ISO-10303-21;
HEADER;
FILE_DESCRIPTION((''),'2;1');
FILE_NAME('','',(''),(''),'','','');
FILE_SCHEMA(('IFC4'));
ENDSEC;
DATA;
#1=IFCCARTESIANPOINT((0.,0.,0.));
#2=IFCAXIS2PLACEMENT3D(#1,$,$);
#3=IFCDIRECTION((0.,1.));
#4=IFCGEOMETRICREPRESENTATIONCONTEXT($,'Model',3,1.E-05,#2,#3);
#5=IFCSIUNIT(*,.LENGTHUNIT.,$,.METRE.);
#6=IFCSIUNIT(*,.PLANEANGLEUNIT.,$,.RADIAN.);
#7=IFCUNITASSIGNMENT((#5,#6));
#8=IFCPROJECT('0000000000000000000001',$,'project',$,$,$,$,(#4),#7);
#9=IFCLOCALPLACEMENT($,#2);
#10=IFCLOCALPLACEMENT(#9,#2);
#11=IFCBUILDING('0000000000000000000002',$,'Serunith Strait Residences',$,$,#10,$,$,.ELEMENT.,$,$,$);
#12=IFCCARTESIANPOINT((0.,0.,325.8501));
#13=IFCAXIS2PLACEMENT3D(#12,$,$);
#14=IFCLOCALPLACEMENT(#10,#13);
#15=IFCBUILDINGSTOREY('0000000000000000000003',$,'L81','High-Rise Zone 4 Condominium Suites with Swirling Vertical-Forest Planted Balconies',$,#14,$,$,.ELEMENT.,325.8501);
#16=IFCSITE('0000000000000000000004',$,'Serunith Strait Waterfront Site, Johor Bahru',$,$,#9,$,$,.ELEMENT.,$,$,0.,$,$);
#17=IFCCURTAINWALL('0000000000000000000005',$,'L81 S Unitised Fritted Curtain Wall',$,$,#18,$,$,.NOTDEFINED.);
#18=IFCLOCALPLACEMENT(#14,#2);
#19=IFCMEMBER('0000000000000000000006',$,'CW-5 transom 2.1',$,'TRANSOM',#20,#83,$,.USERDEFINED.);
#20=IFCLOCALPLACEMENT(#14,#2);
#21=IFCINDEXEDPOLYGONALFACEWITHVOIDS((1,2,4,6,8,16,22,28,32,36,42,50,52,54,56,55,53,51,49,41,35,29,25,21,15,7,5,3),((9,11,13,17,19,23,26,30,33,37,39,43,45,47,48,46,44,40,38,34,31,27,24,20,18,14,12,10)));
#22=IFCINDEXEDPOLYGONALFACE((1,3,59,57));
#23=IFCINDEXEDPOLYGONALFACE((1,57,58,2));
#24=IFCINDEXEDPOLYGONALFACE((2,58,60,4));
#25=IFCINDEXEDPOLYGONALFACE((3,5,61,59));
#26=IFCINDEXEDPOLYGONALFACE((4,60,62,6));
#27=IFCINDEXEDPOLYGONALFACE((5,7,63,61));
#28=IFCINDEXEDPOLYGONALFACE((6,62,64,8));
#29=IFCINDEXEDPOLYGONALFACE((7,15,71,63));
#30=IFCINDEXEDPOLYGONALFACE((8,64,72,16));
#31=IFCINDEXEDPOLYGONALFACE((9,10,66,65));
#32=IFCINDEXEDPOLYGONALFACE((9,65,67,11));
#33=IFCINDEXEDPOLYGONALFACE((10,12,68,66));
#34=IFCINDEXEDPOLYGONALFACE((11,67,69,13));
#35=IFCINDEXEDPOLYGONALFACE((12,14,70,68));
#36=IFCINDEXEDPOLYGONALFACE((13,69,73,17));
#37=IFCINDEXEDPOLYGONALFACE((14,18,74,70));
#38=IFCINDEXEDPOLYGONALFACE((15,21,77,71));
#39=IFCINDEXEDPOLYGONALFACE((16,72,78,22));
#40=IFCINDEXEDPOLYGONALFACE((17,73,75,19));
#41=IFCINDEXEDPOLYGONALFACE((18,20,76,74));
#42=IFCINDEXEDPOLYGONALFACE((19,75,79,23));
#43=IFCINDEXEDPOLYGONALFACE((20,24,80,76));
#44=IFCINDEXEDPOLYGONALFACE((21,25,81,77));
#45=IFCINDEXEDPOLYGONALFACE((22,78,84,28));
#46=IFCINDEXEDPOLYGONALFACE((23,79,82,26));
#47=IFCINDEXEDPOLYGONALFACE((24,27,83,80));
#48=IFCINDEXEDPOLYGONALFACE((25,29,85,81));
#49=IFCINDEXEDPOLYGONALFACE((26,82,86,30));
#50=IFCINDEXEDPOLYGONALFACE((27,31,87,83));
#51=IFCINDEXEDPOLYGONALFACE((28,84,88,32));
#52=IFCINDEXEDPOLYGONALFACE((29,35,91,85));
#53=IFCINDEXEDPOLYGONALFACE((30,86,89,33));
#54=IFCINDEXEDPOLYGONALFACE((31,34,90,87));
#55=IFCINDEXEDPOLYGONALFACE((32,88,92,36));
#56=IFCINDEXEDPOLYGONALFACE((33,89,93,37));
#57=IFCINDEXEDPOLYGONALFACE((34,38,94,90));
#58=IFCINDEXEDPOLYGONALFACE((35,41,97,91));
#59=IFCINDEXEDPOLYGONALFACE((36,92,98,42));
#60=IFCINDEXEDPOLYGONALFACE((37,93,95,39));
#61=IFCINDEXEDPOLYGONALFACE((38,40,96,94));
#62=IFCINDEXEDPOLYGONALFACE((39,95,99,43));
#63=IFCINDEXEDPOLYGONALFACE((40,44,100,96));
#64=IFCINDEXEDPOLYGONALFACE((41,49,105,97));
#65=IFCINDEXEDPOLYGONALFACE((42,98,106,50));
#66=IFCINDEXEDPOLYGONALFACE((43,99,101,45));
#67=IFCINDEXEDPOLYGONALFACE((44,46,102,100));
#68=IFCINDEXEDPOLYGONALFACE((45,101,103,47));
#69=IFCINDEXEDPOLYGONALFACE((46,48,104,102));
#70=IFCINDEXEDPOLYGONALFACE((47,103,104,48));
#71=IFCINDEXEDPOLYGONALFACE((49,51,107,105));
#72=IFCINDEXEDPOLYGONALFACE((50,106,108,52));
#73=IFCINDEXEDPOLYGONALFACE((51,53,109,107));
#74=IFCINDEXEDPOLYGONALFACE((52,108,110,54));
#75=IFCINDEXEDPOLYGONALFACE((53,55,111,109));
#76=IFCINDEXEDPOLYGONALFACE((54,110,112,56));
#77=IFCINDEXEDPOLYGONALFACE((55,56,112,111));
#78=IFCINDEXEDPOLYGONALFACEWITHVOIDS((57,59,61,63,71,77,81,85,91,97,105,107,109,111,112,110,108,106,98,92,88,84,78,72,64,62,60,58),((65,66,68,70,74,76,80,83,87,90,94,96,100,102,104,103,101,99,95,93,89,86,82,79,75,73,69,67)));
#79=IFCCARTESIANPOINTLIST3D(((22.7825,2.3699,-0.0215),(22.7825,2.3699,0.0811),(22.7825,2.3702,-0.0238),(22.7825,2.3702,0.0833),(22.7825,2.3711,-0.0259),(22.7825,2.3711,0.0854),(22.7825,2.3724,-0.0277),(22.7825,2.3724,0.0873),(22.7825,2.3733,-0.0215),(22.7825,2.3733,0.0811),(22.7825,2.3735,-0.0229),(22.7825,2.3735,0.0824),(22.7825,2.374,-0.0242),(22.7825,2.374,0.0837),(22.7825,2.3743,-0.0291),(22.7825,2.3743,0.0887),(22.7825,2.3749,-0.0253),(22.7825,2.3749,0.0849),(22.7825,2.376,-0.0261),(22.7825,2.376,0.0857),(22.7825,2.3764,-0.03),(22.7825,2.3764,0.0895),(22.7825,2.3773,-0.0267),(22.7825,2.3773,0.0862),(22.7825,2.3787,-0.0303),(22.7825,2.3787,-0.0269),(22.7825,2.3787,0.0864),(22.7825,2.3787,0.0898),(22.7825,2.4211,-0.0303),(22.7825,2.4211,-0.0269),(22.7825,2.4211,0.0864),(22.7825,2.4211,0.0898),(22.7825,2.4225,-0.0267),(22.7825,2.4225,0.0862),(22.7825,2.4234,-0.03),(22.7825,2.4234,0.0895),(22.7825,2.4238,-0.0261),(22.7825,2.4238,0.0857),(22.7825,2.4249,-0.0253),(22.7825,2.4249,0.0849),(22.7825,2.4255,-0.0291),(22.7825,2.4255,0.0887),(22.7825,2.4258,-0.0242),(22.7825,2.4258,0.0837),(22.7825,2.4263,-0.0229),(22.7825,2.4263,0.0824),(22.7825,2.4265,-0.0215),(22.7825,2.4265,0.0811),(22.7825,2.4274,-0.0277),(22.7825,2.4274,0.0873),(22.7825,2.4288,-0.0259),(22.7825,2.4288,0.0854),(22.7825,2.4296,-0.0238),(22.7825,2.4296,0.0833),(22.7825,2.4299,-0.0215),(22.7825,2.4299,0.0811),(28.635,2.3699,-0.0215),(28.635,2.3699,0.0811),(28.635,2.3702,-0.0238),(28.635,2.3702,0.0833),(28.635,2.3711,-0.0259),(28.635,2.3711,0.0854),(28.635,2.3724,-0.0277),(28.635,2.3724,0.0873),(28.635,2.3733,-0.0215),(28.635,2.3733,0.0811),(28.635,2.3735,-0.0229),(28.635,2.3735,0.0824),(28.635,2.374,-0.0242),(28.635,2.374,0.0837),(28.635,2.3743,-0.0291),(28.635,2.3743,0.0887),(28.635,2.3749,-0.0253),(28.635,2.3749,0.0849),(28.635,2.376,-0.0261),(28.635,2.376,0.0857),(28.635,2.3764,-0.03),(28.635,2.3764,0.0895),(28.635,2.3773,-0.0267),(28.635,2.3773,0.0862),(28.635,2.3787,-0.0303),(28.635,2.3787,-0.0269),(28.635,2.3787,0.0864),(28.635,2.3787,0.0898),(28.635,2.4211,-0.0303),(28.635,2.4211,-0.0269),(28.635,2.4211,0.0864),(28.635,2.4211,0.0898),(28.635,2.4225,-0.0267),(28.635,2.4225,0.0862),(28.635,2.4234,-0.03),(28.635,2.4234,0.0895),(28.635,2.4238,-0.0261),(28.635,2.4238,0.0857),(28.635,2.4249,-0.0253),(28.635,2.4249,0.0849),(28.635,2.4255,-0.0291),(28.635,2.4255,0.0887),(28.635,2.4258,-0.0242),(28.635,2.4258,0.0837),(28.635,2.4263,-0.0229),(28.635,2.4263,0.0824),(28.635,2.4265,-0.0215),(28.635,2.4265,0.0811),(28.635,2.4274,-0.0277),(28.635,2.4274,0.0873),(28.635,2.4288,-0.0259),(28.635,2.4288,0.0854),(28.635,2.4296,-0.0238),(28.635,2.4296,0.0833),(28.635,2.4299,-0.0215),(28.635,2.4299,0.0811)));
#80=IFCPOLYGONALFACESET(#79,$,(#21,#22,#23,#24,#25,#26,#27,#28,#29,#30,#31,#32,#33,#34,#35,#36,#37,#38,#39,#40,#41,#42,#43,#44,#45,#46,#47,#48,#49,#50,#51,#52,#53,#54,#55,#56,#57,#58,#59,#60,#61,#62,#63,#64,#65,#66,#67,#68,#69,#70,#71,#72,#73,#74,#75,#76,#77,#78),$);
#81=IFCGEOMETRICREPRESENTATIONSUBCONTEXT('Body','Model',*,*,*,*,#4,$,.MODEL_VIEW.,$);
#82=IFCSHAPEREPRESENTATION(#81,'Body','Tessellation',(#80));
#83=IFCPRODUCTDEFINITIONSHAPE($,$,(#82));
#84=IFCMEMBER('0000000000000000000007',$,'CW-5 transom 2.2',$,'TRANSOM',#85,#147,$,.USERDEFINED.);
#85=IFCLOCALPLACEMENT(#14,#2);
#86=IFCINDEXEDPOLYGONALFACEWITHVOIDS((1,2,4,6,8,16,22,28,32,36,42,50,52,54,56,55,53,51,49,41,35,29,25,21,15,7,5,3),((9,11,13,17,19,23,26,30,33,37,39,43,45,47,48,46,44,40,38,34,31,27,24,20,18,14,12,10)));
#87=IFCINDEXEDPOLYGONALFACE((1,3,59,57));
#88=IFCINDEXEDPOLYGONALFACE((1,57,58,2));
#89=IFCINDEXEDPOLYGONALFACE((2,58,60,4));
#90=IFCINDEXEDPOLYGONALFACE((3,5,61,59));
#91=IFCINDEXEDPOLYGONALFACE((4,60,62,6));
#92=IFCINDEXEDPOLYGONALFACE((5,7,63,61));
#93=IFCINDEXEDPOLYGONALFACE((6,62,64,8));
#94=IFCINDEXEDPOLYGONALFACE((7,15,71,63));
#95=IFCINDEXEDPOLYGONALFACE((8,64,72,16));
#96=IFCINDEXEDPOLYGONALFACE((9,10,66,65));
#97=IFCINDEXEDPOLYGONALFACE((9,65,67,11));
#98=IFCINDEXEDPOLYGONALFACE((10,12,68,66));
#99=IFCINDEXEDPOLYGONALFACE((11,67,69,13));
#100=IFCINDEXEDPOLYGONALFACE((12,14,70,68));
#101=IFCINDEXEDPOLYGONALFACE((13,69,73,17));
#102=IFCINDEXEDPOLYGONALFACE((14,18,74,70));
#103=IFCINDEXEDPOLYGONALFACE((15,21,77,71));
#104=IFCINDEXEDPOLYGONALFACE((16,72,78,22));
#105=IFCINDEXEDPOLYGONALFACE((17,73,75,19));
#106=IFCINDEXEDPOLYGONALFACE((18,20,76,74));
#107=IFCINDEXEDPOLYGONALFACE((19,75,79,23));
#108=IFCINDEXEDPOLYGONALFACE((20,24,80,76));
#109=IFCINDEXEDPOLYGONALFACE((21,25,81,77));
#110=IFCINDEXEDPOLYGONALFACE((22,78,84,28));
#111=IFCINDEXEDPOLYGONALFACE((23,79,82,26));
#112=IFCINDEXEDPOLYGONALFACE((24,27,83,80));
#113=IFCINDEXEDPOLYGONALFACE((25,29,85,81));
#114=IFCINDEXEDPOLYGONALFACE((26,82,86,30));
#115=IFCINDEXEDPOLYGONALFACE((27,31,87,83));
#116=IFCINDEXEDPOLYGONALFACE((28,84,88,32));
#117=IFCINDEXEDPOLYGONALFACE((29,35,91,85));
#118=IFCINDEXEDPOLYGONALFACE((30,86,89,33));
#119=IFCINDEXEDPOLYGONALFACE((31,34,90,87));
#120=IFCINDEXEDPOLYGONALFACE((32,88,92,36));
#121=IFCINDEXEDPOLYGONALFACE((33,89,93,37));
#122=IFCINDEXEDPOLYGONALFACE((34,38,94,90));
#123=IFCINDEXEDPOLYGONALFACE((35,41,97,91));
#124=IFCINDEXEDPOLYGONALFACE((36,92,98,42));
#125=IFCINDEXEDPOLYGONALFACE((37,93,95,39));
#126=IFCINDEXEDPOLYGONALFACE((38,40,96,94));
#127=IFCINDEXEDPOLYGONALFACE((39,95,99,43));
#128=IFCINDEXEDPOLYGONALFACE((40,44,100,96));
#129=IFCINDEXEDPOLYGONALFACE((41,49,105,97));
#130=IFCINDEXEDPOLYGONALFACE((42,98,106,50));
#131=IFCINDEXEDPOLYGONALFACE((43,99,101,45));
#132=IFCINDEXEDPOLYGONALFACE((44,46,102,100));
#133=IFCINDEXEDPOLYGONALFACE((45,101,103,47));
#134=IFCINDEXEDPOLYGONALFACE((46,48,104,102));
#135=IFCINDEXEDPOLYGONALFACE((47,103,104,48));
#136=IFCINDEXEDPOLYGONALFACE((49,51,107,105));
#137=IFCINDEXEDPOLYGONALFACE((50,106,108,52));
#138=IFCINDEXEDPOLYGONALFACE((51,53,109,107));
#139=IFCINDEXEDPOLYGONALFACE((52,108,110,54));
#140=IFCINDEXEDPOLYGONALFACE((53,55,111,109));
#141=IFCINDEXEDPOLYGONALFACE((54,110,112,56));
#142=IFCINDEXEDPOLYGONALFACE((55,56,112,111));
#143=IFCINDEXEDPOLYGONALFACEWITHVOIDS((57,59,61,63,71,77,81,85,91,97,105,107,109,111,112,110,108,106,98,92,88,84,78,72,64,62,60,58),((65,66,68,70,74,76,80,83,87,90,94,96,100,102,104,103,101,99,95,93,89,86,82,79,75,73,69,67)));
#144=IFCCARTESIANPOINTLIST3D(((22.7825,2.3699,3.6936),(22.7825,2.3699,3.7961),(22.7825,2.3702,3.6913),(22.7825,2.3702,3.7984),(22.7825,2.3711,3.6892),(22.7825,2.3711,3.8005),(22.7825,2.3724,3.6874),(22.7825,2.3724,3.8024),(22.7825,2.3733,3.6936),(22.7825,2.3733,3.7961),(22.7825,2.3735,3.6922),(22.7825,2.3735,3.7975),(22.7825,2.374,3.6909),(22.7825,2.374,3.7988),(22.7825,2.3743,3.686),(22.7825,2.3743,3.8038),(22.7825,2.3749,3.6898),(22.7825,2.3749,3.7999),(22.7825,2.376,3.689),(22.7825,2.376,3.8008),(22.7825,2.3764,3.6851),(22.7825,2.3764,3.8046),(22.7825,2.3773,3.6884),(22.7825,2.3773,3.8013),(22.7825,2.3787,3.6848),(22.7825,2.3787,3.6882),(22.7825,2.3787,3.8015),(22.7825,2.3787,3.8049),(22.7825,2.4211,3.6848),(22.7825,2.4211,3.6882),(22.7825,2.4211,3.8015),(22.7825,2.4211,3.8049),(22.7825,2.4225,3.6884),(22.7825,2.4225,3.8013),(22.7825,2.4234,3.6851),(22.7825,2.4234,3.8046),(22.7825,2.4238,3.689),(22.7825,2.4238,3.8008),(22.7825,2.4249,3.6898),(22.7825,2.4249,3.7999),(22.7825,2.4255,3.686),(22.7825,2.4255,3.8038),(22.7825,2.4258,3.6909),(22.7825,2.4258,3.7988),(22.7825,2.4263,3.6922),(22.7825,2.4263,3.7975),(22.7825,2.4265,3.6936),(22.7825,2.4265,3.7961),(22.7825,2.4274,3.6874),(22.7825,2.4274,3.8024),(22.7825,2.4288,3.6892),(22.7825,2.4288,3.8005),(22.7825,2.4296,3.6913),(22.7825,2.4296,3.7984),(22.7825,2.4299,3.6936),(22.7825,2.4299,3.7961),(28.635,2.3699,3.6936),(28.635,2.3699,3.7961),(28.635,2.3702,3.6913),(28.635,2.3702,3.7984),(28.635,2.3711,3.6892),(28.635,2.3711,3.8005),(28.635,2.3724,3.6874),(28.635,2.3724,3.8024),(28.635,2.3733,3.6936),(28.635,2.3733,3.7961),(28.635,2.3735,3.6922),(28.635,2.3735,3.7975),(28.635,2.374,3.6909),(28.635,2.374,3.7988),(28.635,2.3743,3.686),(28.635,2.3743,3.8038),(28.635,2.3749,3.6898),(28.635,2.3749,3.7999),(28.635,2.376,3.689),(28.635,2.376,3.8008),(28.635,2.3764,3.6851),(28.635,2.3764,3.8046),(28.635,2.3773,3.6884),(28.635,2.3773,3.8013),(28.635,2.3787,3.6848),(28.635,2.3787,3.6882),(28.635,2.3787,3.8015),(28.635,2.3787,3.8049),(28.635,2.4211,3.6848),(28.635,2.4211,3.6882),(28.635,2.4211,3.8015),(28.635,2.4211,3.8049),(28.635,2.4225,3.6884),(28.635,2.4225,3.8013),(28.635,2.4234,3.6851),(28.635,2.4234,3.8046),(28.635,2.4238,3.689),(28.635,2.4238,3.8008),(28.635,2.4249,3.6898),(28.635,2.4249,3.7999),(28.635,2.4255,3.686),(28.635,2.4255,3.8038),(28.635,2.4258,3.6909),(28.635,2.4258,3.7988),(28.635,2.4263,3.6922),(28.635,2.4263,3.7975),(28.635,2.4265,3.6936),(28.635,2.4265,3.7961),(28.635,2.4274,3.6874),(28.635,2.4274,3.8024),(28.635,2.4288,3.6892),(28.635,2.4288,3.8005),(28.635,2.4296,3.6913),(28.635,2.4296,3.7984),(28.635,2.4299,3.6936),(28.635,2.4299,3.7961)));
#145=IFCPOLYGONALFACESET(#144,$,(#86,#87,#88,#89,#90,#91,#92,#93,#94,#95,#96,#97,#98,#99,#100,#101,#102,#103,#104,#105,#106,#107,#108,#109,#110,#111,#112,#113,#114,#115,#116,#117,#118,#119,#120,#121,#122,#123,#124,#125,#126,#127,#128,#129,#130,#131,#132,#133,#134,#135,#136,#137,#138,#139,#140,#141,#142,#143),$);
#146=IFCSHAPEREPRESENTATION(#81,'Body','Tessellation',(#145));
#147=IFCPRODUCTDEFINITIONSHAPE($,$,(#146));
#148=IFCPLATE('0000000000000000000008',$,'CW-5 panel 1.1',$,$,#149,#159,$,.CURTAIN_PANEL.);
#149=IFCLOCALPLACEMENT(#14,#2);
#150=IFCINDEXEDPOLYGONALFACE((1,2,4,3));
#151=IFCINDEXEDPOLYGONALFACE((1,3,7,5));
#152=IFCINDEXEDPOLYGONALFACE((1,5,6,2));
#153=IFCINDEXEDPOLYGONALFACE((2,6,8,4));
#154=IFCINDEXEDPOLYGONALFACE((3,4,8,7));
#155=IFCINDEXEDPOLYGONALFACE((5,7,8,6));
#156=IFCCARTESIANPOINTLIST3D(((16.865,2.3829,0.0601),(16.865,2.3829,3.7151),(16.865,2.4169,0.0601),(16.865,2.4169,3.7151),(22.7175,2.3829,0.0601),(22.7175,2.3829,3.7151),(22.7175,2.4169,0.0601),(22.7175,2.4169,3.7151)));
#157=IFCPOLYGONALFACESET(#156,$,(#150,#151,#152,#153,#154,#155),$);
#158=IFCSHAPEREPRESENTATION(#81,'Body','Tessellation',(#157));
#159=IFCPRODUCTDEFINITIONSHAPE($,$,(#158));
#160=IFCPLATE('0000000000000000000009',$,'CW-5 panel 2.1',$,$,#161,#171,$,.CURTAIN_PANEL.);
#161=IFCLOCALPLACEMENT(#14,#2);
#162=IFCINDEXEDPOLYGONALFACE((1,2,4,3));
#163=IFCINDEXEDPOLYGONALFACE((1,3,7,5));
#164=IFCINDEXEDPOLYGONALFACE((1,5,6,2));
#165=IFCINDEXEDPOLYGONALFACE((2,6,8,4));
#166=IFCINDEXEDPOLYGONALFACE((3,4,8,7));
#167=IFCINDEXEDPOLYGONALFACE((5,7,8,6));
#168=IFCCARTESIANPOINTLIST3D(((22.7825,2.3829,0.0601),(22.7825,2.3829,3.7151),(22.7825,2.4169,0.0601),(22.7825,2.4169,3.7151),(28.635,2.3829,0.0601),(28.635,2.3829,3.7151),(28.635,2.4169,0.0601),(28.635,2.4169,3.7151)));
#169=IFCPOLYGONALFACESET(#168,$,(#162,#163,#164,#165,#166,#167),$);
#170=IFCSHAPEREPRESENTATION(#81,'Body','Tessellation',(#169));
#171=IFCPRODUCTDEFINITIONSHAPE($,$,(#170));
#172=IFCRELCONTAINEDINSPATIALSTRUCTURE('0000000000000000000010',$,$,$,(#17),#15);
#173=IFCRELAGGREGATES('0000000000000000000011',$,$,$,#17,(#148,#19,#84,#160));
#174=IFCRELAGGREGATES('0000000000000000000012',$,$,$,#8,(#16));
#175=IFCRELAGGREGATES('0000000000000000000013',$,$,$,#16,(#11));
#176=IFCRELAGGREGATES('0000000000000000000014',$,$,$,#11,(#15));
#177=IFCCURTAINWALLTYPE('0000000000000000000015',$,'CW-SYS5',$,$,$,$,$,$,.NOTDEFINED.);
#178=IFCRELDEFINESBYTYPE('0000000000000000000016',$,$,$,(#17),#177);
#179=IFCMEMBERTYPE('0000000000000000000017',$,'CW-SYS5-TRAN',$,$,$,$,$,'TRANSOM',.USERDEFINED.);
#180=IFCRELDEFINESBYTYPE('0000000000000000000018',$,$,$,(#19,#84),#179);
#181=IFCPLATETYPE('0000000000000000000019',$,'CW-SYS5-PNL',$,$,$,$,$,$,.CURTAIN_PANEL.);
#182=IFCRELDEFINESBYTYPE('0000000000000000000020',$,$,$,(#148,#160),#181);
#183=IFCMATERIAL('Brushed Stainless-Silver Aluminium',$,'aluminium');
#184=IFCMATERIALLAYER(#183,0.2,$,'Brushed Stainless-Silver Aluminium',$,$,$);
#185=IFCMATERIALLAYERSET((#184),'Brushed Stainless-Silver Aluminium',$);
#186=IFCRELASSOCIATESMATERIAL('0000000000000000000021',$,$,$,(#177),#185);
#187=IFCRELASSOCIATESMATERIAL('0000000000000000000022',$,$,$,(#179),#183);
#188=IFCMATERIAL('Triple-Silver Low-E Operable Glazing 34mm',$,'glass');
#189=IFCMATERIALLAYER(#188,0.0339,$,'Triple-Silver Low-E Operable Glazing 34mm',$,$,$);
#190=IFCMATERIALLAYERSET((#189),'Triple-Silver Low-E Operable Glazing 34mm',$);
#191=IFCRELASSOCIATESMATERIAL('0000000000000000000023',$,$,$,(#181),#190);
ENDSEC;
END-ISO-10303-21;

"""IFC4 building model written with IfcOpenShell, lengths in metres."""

from ifc_helpers import new_model, si_unit, direction, frame, origin, origin_2d, place, context, subcontext, project, spatial, rectangle, hollow_rectangle, extrude, source, transform, mapped, material, layer, layer_set, material_profile, profile_set, type_object, element, aggregate, save


model = new_model("IFC4")

# Units and contexts
model_context = context("Model", 3, precision=1e-05, world=origin(), true_north=direction((0.0, 1.0)))
body_context = subcontext(model_context, "Body", "Model", "MODEL_VIEW")
ifc_project = project(units=[si_unit("LENGTHUNIT", "METRE"), si_unit("PLANEANGLEUNIT", "RADIAN")], contexts=[model_context])

# Site, building, storey
site_placement = place(None, origin())
site = spatial("IfcSite", under=ifc_project, at=site_placement, Name="Serunith Strait Waterfront Site, Johor Bahru", CompositionType="ELEMENT", RefElevation=0.0)
building_placement = place(site_placement, origin())
building = spatial("IfcBuilding", under=site, at=building_placement, Name="Serunith Strait Residences", CompositionType="ELEMENT")
storey_placement = place(building_placement, frame((0.0, 0.0, 325.8501)))
storey = spatial("IfcBuildingStorey", under=building, at=storey_placement, Name="L81", Description="High-Rise Zone 4 Condominium Suites with Swirling Vertical-Forest Planted Balconies", CompositionType="ELEMENT", Elevation=325.8501)

# Curtain wall, members, plates
ifc_material_1 = material(Name="Brushed Stainless-Silver Aluminium", Category="aluminium")
ifc_layer_1 = layer(ifc_material_1, 0.2, Name="Brushed Stainless-Silver Aluminium")
ifc_layer_set_1 = layer_set([ifc_layer_1], Name="Brushed Stainless-Silver Aluminium")
curtain_wall_type = type_object("IfcCurtainWallType", Name="CW-SYS5", PredefinedType="NOTDEFINED", material=ifc_layer_set_1)
curtain_wall_placement = place(storey_placement, origin())
curtain_wall = element("IfcCurtainWall", 1, at=curtain_wall_placement, inside=storey, type_object=curtain_wall_type, Name="L81 S Unitised Fritted Curtain Wall", PredefinedType="NOTDEFINED")
ifc_material_profile_1 = material_profile(ifc_material_1, hollow_rectangle(XDim=0.0601, YDim=0.1201, WallThickness=0.0034, InnerFilletRadius=0.0054, OuterFilletRadius=0.0088, at=origin_2d()), Name="ALU 120x60x3.5")
ifc_profile_set_1 = profile_set([ifc_material_profile_1], Name="Brushed Stainless-Silver Aluminium")
member_type_1 = type_object("IfcMemberType", Name="CW-SYS5-TRAN", ElementType="TRANSOM", PredefinedType="USERDEFINED", material=ifc_profile_set_1)
shared_shape_1 = source(origin(), body_context, "Body", "SweptSolid", [
    extrude(hollow_rectangle(XDim=0.0601, YDim=0.1201, WallThickness=0.0034, InnerFilletRadius=0.0054, OuterFilletRadius=0.0088, at=origin_2d()), origin(), (0.0, 0.0, 1.0), 5.8525),
])
member_1_placement = place(storey_placement, frame((22.7825, 2.3999, 0.0298), z_axis=(1.0, 0.0, 0.0), x_axis=(0.0, 1.0, 0.0)))
member_1 = element("IfcMember", 2, at=member_1_placement, type_object=member_type_1, Name="CW-5 transom 2.1", ObjectType="TRANSOM", PredefinedType="USERDEFINED", context=body_context, shape_type="MappedRepresentation", body=[
    mapped(shared_shape_1, transform((0.0, 0.0, 0.0), scale=1.0)),
])
member_2_placement = place(storey_placement, frame((22.7825, 2.3999, 3.7449), z_axis=(1.0, 0.0, 0.0), x_axis=(0.0, 1.0, 0.0)))
member_2 = element("IfcMember", 3, at=member_2_placement, type_object=member_type_1, Name="CW-5 transom 2.2", ObjectType="TRANSOM", PredefinedType="USERDEFINED", context=body_context, shape_type="MappedRepresentation", body=[
    mapped(shared_shape_1, transform((0.0, 0.0, 0.0), scale=1.0)),
])
ifc_material_2 = material(Name="Triple-Silver Low-E Operable Glazing 34mm", Category="glass")
ifc_layer_2 = layer(ifc_material_2, 0.0339, Name="Triple-Silver Low-E Operable Glazing 34mm")
ifc_layer_set_2 = layer_set([ifc_layer_2], Name="Triple-Silver Low-E Operable Glazing 34mm")
plate_type = type_object("IfcPlateType", Name="CW-SYS5-PNL", PredefinedType="CURTAIN_PANEL", material=ifc_layer_set_2)
shared_shape_2 = source(origin(), body_context, "Body", "SweptSolid", [
    extrude(rectangle(XDim=5.8525, YDim=0.0339, at=origin_2d()), origin(), (0.0, 0.0, 1.0), 3.655),
])
plate_1_placement = place(storey_placement, frame((19.7913, 2.3999, 0.0601), z_axis=(0.0, 0.0, 1.0), x_axis=(1.0, 0.0, 0.0)))
plate_1 = element("IfcPlate", 4, at=plate_1_placement, type_object=plate_type, Name="CW-5 panel 1.1", PredefinedType="CURTAIN_PANEL", context=body_context, shape_type="MappedRepresentation", body=[
    mapped(shared_shape_2, transform((0.0, 0.0, 0.0), scale=1.0)),
])
plate_2_placement = place(storey_placement, frame((25.7087, 2.3999, 0.0601), z_axis=(0.0, 0.0, 1.0), x_axis=(1.0, 0.0, 0.0)))
plate_2 = element("IfcPlate", 5, at=plate_2_placement, type_object=plate_type, Name="CW-5 panel 2.1", PredefinedType="CURTAIN_PANEL", context=body_context, shape_type="MappedRepresentation", body=[
    mapped(shared_shape_2, transform((0.0, 0.0, 0.0), scale=1.0)),
])
aggregate(curtain_wall, [plate_1, member_1, member_2, plate_2])

save(model, "model.ifc")
